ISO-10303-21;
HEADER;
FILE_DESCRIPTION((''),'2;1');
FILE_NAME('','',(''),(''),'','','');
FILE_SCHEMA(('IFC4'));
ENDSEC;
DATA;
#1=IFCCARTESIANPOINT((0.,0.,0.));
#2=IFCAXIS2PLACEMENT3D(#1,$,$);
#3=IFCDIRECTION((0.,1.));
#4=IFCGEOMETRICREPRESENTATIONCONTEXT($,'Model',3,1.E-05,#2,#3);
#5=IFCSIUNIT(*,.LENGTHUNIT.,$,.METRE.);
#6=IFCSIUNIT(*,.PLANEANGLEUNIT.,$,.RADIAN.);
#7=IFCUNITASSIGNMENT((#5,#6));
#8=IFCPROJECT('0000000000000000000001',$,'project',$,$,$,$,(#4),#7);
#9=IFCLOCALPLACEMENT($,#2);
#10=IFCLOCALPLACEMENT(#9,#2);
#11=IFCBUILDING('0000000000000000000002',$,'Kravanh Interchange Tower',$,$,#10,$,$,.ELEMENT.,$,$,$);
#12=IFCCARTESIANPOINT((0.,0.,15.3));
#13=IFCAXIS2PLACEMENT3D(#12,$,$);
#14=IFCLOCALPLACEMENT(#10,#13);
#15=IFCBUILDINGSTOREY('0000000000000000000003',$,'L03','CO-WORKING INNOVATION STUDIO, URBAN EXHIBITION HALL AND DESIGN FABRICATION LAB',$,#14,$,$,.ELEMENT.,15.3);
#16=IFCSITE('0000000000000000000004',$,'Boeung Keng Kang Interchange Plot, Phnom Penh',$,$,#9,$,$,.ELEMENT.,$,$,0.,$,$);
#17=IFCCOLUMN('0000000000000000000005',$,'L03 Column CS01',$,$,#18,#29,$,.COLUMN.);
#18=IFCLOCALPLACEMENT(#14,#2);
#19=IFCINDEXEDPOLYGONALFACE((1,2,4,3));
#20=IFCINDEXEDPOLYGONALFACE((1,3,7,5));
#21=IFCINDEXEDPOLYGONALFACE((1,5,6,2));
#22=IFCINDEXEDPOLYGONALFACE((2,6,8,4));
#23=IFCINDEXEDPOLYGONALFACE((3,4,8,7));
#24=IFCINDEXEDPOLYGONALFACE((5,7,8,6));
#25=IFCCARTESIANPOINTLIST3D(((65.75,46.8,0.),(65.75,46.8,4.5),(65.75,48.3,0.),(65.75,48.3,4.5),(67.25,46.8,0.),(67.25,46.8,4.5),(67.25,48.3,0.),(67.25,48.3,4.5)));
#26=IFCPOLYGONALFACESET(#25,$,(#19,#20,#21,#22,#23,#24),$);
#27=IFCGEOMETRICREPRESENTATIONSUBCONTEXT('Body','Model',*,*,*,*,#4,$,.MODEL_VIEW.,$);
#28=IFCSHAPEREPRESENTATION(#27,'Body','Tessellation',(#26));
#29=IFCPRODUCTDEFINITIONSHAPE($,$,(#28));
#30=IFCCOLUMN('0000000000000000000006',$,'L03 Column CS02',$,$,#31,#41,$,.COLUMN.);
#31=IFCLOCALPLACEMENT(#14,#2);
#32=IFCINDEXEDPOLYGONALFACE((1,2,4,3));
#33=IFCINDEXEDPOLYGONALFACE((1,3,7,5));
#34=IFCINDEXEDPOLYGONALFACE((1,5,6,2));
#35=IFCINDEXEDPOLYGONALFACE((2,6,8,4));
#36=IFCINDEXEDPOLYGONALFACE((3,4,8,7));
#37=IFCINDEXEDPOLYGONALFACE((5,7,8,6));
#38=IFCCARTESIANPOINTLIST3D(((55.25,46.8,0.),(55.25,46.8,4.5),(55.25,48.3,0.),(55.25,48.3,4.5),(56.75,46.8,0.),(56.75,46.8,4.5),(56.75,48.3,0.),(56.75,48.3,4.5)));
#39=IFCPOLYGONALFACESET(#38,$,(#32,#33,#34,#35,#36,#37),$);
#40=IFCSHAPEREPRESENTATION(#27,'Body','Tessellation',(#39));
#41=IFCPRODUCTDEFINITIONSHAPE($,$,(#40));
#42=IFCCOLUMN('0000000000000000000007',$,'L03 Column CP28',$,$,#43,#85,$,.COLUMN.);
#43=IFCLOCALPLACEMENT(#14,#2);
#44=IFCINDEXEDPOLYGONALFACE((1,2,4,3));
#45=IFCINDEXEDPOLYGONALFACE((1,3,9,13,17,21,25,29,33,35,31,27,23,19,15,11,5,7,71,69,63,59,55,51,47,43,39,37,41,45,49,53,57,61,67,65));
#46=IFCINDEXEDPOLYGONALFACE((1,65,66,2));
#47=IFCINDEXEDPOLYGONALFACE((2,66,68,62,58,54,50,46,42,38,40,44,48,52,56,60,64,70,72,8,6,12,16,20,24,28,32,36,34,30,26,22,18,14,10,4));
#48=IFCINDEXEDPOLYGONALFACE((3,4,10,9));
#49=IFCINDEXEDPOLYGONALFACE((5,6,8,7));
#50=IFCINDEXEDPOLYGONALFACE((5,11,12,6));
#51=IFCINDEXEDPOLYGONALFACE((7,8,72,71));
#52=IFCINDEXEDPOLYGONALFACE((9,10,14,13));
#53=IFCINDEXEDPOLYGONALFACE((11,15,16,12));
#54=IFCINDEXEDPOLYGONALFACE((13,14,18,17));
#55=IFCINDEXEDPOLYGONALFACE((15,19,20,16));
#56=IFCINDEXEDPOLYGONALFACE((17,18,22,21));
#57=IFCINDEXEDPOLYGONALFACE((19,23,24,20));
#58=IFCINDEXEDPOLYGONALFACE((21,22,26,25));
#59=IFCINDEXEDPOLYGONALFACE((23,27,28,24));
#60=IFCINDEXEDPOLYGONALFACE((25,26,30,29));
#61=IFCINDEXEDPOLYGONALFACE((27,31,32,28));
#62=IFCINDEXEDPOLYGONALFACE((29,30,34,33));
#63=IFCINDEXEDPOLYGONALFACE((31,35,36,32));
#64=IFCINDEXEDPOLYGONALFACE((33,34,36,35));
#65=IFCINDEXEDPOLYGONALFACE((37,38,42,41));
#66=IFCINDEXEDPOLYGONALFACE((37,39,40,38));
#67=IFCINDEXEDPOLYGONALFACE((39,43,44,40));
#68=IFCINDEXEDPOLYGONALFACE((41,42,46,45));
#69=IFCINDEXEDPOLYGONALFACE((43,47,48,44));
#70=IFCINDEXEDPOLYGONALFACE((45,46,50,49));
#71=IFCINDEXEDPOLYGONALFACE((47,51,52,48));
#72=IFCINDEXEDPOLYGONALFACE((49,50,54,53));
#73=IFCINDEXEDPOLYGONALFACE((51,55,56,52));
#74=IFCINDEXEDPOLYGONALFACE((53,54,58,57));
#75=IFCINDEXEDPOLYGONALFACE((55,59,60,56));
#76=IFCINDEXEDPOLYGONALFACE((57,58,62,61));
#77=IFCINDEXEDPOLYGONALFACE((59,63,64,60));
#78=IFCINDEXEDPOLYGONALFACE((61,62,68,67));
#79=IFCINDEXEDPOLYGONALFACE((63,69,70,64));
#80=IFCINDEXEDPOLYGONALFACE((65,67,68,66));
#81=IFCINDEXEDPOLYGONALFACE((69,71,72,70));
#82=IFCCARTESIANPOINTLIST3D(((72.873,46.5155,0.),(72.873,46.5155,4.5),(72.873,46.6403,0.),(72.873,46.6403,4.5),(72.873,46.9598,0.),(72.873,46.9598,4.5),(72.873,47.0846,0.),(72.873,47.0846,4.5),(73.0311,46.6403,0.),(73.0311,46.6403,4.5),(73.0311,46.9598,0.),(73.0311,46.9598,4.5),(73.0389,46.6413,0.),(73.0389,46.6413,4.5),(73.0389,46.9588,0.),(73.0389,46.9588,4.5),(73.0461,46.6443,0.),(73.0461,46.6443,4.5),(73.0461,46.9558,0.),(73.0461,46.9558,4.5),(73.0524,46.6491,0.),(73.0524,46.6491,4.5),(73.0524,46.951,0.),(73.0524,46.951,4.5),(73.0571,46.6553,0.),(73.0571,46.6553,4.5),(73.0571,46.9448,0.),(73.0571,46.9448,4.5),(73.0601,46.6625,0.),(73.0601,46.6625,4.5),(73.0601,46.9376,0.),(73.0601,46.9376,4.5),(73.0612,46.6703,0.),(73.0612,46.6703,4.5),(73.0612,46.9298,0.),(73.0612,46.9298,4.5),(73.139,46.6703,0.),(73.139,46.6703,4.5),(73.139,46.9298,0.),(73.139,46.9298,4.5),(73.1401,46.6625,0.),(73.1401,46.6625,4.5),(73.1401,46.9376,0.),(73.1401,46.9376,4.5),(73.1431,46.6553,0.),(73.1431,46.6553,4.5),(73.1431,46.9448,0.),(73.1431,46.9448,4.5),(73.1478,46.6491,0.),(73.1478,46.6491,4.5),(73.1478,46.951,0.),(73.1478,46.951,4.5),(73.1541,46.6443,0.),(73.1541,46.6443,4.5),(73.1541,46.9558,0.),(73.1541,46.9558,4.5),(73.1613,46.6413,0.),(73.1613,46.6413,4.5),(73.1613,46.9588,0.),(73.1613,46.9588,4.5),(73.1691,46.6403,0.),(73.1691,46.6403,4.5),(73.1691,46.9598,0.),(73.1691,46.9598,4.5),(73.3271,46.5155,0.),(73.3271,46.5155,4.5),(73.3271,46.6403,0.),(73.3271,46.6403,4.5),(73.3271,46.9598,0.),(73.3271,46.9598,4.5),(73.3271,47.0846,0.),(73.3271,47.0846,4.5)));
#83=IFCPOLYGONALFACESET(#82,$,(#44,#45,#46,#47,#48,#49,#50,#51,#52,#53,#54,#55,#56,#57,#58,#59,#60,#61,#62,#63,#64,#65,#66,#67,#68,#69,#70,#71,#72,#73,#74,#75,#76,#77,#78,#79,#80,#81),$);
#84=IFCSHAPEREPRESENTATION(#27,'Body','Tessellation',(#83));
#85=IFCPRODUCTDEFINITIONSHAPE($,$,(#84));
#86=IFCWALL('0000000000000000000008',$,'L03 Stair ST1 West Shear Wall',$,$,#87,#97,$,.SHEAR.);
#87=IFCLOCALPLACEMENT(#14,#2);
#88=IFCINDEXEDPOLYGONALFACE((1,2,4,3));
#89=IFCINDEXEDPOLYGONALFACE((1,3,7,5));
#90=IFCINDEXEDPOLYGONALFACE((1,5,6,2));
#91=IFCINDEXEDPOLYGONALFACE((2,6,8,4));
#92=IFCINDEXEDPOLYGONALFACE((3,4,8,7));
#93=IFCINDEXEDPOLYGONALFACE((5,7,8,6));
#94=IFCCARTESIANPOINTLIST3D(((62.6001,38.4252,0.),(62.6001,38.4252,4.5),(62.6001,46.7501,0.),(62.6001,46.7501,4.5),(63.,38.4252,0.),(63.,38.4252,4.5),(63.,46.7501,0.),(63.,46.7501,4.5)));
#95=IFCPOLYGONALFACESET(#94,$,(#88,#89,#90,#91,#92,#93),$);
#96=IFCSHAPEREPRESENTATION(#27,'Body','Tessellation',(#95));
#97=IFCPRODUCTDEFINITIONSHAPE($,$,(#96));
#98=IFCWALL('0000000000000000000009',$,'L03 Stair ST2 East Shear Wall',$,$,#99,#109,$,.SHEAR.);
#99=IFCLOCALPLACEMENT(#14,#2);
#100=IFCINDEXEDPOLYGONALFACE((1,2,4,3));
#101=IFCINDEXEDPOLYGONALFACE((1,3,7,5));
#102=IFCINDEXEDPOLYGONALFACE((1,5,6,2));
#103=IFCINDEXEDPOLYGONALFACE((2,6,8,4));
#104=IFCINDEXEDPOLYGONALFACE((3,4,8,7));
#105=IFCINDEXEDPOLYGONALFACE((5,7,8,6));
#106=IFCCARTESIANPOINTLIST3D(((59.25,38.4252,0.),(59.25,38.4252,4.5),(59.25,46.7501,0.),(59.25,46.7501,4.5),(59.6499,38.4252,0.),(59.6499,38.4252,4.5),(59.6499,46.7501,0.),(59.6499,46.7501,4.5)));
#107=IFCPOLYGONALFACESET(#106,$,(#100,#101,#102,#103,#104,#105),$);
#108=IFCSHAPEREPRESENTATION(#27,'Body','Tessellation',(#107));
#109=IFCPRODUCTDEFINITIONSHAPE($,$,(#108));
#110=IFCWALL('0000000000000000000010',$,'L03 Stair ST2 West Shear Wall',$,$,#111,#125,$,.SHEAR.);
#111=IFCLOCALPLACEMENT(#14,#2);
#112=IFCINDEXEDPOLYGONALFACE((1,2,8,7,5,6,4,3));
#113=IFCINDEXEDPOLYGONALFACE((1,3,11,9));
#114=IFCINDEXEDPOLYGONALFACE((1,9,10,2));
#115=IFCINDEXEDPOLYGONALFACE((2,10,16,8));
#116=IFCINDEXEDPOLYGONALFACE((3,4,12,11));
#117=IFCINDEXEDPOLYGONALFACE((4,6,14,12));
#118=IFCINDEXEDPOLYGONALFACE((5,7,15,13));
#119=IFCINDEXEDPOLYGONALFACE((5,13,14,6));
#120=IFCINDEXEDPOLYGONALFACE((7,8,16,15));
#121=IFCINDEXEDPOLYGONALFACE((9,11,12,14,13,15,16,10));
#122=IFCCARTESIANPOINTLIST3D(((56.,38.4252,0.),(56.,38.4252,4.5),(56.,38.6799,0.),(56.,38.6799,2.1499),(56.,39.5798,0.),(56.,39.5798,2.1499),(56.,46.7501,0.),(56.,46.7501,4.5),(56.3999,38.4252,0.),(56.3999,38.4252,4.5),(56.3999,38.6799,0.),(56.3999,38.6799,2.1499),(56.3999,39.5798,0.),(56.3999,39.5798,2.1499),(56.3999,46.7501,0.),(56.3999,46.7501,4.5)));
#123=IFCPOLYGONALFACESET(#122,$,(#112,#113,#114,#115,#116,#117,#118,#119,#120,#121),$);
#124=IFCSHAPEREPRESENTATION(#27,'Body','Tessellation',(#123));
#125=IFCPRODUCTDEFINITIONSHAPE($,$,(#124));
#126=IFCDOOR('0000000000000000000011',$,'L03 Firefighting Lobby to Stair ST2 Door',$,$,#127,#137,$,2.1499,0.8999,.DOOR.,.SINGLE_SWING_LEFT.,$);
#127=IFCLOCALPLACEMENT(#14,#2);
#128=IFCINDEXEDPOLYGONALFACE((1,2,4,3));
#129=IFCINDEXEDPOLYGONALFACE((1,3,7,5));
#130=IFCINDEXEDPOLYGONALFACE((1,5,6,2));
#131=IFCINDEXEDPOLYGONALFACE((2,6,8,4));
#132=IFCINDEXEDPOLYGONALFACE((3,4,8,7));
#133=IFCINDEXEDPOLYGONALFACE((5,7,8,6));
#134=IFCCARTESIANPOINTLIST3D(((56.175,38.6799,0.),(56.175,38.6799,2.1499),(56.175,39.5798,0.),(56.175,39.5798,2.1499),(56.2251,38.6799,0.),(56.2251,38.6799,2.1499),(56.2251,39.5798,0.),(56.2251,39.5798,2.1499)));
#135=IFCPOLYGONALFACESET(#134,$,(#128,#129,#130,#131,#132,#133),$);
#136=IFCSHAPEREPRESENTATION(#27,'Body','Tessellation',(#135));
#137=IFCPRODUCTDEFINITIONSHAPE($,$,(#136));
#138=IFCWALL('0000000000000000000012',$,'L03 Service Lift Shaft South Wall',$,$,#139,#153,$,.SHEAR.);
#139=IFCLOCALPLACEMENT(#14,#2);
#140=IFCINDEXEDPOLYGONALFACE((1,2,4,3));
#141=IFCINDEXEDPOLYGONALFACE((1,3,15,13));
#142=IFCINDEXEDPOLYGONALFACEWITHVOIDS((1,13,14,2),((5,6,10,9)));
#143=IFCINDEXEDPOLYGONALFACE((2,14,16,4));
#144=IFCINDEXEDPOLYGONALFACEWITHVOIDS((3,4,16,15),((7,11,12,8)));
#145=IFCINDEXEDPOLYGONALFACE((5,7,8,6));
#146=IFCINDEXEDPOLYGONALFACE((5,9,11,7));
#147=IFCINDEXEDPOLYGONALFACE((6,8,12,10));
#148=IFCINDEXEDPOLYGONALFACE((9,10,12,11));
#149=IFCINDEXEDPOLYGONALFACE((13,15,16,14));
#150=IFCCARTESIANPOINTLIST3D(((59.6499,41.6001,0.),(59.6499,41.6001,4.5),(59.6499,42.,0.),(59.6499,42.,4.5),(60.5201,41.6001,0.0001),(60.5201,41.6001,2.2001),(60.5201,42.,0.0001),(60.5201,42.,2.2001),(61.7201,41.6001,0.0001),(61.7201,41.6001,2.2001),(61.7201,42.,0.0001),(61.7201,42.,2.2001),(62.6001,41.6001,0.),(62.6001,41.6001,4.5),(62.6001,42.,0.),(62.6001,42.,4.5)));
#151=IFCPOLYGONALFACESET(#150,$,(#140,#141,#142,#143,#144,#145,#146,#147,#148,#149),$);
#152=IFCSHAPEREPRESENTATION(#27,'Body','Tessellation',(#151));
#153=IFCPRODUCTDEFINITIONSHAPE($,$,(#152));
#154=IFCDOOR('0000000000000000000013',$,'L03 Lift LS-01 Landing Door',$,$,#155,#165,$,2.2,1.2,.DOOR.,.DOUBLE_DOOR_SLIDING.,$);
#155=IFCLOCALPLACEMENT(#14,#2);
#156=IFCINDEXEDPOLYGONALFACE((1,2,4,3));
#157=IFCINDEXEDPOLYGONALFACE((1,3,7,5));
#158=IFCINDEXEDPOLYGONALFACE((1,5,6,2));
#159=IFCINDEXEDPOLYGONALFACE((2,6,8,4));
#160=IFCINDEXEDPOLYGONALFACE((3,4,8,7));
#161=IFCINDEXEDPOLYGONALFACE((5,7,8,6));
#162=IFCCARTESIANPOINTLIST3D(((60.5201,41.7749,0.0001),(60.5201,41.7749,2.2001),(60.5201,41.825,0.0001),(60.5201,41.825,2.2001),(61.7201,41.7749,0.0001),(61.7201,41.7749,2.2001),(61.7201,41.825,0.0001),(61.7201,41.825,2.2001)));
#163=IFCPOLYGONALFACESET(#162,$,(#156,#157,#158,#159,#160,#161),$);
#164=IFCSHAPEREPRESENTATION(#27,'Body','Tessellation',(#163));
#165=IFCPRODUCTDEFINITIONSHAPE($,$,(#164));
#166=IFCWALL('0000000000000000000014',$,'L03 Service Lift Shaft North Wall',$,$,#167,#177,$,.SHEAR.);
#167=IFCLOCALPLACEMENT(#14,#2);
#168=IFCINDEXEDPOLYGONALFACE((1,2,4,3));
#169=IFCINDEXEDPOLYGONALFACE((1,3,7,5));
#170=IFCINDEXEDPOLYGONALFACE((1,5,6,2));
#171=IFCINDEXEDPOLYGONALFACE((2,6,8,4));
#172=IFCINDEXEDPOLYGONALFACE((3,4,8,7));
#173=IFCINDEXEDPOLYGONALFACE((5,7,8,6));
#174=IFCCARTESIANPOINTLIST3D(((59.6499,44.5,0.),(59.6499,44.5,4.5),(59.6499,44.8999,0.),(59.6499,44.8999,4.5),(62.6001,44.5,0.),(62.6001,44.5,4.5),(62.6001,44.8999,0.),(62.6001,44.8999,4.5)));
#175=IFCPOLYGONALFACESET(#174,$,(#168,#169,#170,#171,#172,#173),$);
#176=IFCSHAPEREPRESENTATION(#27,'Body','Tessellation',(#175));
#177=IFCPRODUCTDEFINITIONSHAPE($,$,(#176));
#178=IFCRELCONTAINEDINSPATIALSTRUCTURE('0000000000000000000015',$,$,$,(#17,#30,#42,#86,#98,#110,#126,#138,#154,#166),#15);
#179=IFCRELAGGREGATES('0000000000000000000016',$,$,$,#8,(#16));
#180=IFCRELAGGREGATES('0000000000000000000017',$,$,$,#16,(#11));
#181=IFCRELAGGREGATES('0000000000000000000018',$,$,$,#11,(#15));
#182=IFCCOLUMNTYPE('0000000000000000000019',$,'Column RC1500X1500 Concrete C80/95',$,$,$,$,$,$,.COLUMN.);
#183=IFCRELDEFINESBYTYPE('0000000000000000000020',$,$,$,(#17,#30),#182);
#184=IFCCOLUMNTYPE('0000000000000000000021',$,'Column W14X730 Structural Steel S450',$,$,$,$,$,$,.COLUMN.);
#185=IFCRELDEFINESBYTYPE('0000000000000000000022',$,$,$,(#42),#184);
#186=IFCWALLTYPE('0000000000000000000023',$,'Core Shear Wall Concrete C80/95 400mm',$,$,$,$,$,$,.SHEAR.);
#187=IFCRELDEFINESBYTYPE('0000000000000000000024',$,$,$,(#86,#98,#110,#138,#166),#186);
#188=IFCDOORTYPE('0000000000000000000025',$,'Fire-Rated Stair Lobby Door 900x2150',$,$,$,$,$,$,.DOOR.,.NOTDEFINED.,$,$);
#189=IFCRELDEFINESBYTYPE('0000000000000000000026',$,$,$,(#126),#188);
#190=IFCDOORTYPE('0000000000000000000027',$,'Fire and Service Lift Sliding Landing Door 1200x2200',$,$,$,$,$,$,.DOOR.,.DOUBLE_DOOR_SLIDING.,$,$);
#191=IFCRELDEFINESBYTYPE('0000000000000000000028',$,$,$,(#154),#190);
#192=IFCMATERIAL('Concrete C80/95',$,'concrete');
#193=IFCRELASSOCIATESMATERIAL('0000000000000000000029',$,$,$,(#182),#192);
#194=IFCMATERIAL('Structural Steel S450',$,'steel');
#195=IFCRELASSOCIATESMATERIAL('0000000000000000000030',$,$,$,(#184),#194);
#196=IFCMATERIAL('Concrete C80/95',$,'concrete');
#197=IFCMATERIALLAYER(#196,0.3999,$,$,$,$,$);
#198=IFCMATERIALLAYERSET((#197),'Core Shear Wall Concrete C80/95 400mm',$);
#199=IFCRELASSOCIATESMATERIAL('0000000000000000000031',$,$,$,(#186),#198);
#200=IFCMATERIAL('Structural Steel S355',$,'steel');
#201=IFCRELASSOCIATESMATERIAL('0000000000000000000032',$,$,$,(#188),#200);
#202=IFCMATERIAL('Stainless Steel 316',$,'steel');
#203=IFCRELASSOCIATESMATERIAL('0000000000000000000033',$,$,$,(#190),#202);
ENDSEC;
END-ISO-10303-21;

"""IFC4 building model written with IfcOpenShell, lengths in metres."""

from ifc_helpers import new_model, si_unit, direction, frame, frame_2d, origin, origin_2d, place, context, subcontext, project, spatial, rectangle, i_section, extrude, material, layer, layer_set, material_profile, profile_set, type_object, element, fill, save


model = new_model("IFC4")

# Units and contexts
model_context = context("Model", 3, precision=1e-05, world=origin(), true_north=direction((0.0, 1.0)))
body_context = subcontext(model_context, "Body", "Model", "MODEL_VIEW")
ifc_project = project(units=[si_unit("LENGTHUNIT", "METRE"), si_unit("PLANEANGLEUNIT", "RADIAN")], contexts=[model_context])

# Site, building, storey
site_placement = place(None, origin())
site = spatial("IfcSite", under=ifc_project, at=site_placement, Name="Boeung Keng Kang Interchange Plot, Phnom Penh", CompositionType="ELEMENT", RefElevation=0.0)
building_placement = place(site_placement, origin())
building = spatial("IfcBuilding", under=site, at=building_placement, Name="Kravanh Interchange Tower", CompositionType="ELEMENT")
storey_placement = place(building_placement, frame((0.0, 0.0, 15.3)))
storey = spatial("IfcBuildingStorey", under=building, at=storey_placement, Name="L03", Description="CO-WORKING INNOVATION STUDIO, URBAN EXHIBITION HALL AND DESIGN FABRICATION LAB", CompositionType="ELEMENT", Elevation=15.3)

# Columns
ifc_material_1 = material(Name="Concrete C80/95", Category="concrete")
ifc_material_profile_1 = material_profile(ifc_material_1, rectangle(XDim=1.5, YDim=1.5, at=origin_2d()), Name="RC1500X1500")
ifc_profile_set_1 = profile_set([ifc_material_profile_1], Name="Concrete C80/95")
column_type_1 = type_object("IfcColumnType", Name="Column RC1500X1500 Concrete C80/95", PredefinedType="COLUMN", material=ifc_profile_set_1)
for number, where, z_axis, x_axis, name in (
    (1, (66.5, 47.55, 0.0), (0.0, 0.0, 1.0), (1.0, 0.0, 0.0), "L03 Column CS01"),
    (2, (56.0, 47.55, 0.0), (0.0, 0.0, 1.0), (1.0, 0.0, 0.0), "L03 Column CS02"),
):
    element("IfcColumn", number, at=place(storey_placement, frame(where, z_axis=z_axis, x_axis=x_axis)), inside=storey, type_object=column_type_1, Name=name, PredefinedType="COLUMN", context=body_context, shape_type="SweptSolid", body=[
        extrude(rectangle(XDim=1.5, YDim=1.5, at=origin_2d()), origin(), (0.0, 0.0, 1.0), 4.5),
    ])
ifc_material_2 = material(Name="Structural Steel S450", Category="steel")
ifc_material_profile_2 = material_profile(ifc_material_2, i_section(OverallWidth=0.4541, OverallDepth=0.5691, WebThickness=0.0779, FlangeThickness=0.1248, FilletRadius=0.03, at=origin_2d()), Name="W14X730")
ifc_profile_set_2 = profile_set([ifc_material_profile_2], Name="Structural Steel S450")
column_type_2 = type_object("IfcColumnType", Name="Column W14X730 Structural Steel S450", PredefinedType="COLUMN", material=ifc_profile_set_2)
column_placement = place(storey_placement, frame((73.1001, 46.8, 0.0), z_axis=(0.0, 0.0, 1.0), x_axis=(1.0, 0.0, 0.0)))
element("IfcColumn", 3, at=column_placement, inside=storey, type_object=column_type_2, Name="L03 Column CP28", PredefinedType="COLUMN", context=body_context, shape_type="SweptSolid", body=[
    extrude(i_section(OverallWidth=0.4541, OverallDepth=0.5691, WebThickness=0.0779, FlangeThickness=0.1248, FilletRadius=0.03, at=origin_2d()), origin(), (0.0, 0.0, 1.0), 4.5),
])

# Walls
ifc_material_3 = material(Name="Concrete C80/95", Category="concrete")
ifc_layer_1 = layer(ifc_material_3, 0.3999)
ifc_layer_set_1 = layer_set([ifc_layer_1], Name="Core Shear Wall Concrete C80/95 400mm")
wall_type_1 = type_object("IfcWallType", Name="Core Shear Wall Concrete C80/95 400mm", PredefinedType="SHEAR", material=ifc_layer_set_1)
for number, where, z_axis, x_axis, name in (
    (4, (62.8, 38.425, 0.0), (0.0, 0.0, 1.0), (0.0, 1.0, 0.0), "L03 Stair ST1 West Shear Wall"),
    (5, (59.45, 38.425, 0.0), (0.0, 0.0, 1.0), (0.0, 1.0, 0.0), "L03 Stair ST2 East Shear Wall"),
):
    element("IfcWall", number, at=place(storey_placement, frame(where, z_axis=z_axis, x_axis=x_axis)), inside=storey, type_object=wall_type_1, Name=name, PredefinedType="SHEAR", context=body_context, shape_type="SweptSolid", body=[
        extrude(rectangle(XDim=8.325, YDim=0.3999, at=frame_2d((4.1626, 0.0))), origin(), (0.0, 0.0, 1.0), 4.5),
    ])

# Walls, openings, doors
wall_1_placement = place(storey_placement, frame((56.2, 38.425, 0.0), z_axis=(0.0, 0.0, 1.0), x_axis=(0.0, 1.0, 0.0)))
wall_1 = element("IfcWall", 6, at=wall_1_placement, inside=storey, type_object=wall_type_1, Name="L03 Stair ST2 West Shear Wall", PredefinedType="SHEAR", context=body_context, shape_type="SweptSolid", body=[
    extrude(rectangle(XDim=8.325, YDim=0.3999, at=frame_2d((4.1626, 0.0))), origin(), (0.0, 0.0, 1.0), 4.5),
])
opening_1_placement = place(wall_1_placement, frame((0.2549, 0.0, 0.0)))
opening_1 = element("IfcOpeningElement", 7, at=opening_1_placement, cuts=wall_1, PredefinedType="OPENING", context=body_context, shape_type="SweptSolid", body=[
    extrude(rectangle(XDim=0.8999, YDim=2.1499, at=frame_2d((0.45, 1.075))), frame((0.0, 0.21, 0.0), z_axis=(0.0, -1.0, 0.0), x_axis=(1.0, 0.0, 0.0)), (0.0, 0.0, 1.0), 0.4199),
])
ifc_material_4 = material(Name="Structural Steel S355", Category="steel")
door_type_1 = type_object("IfcDoorType", Name="Fire-Rated Stair Lobby Door 900x2150", OperationType="NOTDEFINED", PredefinedType="DOOR", material=ifc_material_4)
door_1_placement = place(opening_1_placement, origin())
door_1 = element("IfcDoor", 8, at=door_1_placement, inside=storey, type_object=door_type_1, Name="L03 Firefighting Lobby to Stair ST2 Door", OperationType="SINGLE_SWING_LEFT", OverallHeight=2.1499, OverallWidth=0.8999, PredefinedType="DOOR", context=body_context, shape_type="SweptSolid", body=[
    extrude(rectangle(XDim=0.8999, YDim=2.1499, at=frame_2d((0.45, 1.075))), frame((0.0, 0.0249, 0.0), z_axis=(0.0, -1.0, 0.0), x_axis=(1.0, 0.0, 0.0)), (0.0, 0.0, 1.0), 0.05),
])
fill(opening_1, door_1)
wall_2_placement = place(storey_placement, frame((59.6499, 41.8, 0.0), z_axis=(0.0, 0.0, 1.0), x_axis=(1.0, 0.0, 0.0)))
wall_2 = element("IfcWall", 9, at=wall_2_placement, inside=storey, type_object=wall_type_1, Name="L03 Service Lift Shaft South Wall", PredefinedType="SHEAR", context=body_context, shape_type="SweptSolid", body=[
    extrude(rectangle(XDim=2.9502, YDim=0.3999, at=frame_2d((1.4751, 0.0))), origin(), (0.0, 0.0, 1.0), 4.5),
])
opening_2_placement = place(wall_2_placement, frame((0.8701, 0.0, 0.0)))
opening_2 = element("IfcOpeningElement", 10, at=opening_2_placement, cuts=wall_2, PredefinedType="OPENING", context=body_context, shape_type="SweptSolid", body=[
    extrude(rectangle(XDim=1.2, YDim=2.2, at=frame_2d((0.6001, 1.1001))), frame((0.0, 0.21, 0.0), z_axis=(0.0, -1.0, 0.0), x_axis=(1.0, 0.0, 0.0)), (0.0, 0.0, 1.0), 0.4199),
])
ifc_material_5 = material(Name="Stainless Steel 316", Category="steel")
door_type_2 = type_object("IfcDoorType", Name="Fire and Service Lift Sliding Landing Door 1200x2200", OperationType="DOUBLE_DOOR_SLIDING", PredefinedType="DOOR", material=ifc_material_5)
door_2_placement = place(opening_2_placement, origin())
door_2 = element("IfcDoor", 11, at=door_2_placement, inside=storey, type_object=door_type_2, Name="L03 Lift LS-01 Landing Door", OperationType="DOUBLE_DOOR_SLIDING", OverallHeight=2.2, OverallWidth=1.2, PredefinedType="DOOR", context=body_context, shape_type="SweptSolid", body=[
    extrude(rectangle(XDim=1.2, YDim=2.2, at=frame_2d((0.6001, 1.1001))), frame((0.0, 0.0249, 0.0), z_axis=(0.0, -1.0, 0.0), x_axis=(1.0, 0.0, 0.0)), (0.0, 0.0, 1.0), 0.05),
])
fill(opening_2, door_2)

# Wall
wall_3_placement = place(storey_placement, frame((59.6499, 44.7, 0.0), z_axis=(0.0, 0.0, 1.0), x_axis=(1.0, 0.0, 0.0)))
element("IfcWall", 12, at=wall_3_placement, inside=storey, type_object=wall_type_1, Name="L03 Service Lift Shaft North Wall", PredefinedType="SHEAR", context=body_context, shape_type="SweptSolid", body=[
    extrude(rectangle(XDim=2.9502, YDim=0.3999, at=frame_2d((1.4751, 0.0))), origin(), (0.0, 0.0, 1.0), 4.5),
])

save(model, "model.ifc")
